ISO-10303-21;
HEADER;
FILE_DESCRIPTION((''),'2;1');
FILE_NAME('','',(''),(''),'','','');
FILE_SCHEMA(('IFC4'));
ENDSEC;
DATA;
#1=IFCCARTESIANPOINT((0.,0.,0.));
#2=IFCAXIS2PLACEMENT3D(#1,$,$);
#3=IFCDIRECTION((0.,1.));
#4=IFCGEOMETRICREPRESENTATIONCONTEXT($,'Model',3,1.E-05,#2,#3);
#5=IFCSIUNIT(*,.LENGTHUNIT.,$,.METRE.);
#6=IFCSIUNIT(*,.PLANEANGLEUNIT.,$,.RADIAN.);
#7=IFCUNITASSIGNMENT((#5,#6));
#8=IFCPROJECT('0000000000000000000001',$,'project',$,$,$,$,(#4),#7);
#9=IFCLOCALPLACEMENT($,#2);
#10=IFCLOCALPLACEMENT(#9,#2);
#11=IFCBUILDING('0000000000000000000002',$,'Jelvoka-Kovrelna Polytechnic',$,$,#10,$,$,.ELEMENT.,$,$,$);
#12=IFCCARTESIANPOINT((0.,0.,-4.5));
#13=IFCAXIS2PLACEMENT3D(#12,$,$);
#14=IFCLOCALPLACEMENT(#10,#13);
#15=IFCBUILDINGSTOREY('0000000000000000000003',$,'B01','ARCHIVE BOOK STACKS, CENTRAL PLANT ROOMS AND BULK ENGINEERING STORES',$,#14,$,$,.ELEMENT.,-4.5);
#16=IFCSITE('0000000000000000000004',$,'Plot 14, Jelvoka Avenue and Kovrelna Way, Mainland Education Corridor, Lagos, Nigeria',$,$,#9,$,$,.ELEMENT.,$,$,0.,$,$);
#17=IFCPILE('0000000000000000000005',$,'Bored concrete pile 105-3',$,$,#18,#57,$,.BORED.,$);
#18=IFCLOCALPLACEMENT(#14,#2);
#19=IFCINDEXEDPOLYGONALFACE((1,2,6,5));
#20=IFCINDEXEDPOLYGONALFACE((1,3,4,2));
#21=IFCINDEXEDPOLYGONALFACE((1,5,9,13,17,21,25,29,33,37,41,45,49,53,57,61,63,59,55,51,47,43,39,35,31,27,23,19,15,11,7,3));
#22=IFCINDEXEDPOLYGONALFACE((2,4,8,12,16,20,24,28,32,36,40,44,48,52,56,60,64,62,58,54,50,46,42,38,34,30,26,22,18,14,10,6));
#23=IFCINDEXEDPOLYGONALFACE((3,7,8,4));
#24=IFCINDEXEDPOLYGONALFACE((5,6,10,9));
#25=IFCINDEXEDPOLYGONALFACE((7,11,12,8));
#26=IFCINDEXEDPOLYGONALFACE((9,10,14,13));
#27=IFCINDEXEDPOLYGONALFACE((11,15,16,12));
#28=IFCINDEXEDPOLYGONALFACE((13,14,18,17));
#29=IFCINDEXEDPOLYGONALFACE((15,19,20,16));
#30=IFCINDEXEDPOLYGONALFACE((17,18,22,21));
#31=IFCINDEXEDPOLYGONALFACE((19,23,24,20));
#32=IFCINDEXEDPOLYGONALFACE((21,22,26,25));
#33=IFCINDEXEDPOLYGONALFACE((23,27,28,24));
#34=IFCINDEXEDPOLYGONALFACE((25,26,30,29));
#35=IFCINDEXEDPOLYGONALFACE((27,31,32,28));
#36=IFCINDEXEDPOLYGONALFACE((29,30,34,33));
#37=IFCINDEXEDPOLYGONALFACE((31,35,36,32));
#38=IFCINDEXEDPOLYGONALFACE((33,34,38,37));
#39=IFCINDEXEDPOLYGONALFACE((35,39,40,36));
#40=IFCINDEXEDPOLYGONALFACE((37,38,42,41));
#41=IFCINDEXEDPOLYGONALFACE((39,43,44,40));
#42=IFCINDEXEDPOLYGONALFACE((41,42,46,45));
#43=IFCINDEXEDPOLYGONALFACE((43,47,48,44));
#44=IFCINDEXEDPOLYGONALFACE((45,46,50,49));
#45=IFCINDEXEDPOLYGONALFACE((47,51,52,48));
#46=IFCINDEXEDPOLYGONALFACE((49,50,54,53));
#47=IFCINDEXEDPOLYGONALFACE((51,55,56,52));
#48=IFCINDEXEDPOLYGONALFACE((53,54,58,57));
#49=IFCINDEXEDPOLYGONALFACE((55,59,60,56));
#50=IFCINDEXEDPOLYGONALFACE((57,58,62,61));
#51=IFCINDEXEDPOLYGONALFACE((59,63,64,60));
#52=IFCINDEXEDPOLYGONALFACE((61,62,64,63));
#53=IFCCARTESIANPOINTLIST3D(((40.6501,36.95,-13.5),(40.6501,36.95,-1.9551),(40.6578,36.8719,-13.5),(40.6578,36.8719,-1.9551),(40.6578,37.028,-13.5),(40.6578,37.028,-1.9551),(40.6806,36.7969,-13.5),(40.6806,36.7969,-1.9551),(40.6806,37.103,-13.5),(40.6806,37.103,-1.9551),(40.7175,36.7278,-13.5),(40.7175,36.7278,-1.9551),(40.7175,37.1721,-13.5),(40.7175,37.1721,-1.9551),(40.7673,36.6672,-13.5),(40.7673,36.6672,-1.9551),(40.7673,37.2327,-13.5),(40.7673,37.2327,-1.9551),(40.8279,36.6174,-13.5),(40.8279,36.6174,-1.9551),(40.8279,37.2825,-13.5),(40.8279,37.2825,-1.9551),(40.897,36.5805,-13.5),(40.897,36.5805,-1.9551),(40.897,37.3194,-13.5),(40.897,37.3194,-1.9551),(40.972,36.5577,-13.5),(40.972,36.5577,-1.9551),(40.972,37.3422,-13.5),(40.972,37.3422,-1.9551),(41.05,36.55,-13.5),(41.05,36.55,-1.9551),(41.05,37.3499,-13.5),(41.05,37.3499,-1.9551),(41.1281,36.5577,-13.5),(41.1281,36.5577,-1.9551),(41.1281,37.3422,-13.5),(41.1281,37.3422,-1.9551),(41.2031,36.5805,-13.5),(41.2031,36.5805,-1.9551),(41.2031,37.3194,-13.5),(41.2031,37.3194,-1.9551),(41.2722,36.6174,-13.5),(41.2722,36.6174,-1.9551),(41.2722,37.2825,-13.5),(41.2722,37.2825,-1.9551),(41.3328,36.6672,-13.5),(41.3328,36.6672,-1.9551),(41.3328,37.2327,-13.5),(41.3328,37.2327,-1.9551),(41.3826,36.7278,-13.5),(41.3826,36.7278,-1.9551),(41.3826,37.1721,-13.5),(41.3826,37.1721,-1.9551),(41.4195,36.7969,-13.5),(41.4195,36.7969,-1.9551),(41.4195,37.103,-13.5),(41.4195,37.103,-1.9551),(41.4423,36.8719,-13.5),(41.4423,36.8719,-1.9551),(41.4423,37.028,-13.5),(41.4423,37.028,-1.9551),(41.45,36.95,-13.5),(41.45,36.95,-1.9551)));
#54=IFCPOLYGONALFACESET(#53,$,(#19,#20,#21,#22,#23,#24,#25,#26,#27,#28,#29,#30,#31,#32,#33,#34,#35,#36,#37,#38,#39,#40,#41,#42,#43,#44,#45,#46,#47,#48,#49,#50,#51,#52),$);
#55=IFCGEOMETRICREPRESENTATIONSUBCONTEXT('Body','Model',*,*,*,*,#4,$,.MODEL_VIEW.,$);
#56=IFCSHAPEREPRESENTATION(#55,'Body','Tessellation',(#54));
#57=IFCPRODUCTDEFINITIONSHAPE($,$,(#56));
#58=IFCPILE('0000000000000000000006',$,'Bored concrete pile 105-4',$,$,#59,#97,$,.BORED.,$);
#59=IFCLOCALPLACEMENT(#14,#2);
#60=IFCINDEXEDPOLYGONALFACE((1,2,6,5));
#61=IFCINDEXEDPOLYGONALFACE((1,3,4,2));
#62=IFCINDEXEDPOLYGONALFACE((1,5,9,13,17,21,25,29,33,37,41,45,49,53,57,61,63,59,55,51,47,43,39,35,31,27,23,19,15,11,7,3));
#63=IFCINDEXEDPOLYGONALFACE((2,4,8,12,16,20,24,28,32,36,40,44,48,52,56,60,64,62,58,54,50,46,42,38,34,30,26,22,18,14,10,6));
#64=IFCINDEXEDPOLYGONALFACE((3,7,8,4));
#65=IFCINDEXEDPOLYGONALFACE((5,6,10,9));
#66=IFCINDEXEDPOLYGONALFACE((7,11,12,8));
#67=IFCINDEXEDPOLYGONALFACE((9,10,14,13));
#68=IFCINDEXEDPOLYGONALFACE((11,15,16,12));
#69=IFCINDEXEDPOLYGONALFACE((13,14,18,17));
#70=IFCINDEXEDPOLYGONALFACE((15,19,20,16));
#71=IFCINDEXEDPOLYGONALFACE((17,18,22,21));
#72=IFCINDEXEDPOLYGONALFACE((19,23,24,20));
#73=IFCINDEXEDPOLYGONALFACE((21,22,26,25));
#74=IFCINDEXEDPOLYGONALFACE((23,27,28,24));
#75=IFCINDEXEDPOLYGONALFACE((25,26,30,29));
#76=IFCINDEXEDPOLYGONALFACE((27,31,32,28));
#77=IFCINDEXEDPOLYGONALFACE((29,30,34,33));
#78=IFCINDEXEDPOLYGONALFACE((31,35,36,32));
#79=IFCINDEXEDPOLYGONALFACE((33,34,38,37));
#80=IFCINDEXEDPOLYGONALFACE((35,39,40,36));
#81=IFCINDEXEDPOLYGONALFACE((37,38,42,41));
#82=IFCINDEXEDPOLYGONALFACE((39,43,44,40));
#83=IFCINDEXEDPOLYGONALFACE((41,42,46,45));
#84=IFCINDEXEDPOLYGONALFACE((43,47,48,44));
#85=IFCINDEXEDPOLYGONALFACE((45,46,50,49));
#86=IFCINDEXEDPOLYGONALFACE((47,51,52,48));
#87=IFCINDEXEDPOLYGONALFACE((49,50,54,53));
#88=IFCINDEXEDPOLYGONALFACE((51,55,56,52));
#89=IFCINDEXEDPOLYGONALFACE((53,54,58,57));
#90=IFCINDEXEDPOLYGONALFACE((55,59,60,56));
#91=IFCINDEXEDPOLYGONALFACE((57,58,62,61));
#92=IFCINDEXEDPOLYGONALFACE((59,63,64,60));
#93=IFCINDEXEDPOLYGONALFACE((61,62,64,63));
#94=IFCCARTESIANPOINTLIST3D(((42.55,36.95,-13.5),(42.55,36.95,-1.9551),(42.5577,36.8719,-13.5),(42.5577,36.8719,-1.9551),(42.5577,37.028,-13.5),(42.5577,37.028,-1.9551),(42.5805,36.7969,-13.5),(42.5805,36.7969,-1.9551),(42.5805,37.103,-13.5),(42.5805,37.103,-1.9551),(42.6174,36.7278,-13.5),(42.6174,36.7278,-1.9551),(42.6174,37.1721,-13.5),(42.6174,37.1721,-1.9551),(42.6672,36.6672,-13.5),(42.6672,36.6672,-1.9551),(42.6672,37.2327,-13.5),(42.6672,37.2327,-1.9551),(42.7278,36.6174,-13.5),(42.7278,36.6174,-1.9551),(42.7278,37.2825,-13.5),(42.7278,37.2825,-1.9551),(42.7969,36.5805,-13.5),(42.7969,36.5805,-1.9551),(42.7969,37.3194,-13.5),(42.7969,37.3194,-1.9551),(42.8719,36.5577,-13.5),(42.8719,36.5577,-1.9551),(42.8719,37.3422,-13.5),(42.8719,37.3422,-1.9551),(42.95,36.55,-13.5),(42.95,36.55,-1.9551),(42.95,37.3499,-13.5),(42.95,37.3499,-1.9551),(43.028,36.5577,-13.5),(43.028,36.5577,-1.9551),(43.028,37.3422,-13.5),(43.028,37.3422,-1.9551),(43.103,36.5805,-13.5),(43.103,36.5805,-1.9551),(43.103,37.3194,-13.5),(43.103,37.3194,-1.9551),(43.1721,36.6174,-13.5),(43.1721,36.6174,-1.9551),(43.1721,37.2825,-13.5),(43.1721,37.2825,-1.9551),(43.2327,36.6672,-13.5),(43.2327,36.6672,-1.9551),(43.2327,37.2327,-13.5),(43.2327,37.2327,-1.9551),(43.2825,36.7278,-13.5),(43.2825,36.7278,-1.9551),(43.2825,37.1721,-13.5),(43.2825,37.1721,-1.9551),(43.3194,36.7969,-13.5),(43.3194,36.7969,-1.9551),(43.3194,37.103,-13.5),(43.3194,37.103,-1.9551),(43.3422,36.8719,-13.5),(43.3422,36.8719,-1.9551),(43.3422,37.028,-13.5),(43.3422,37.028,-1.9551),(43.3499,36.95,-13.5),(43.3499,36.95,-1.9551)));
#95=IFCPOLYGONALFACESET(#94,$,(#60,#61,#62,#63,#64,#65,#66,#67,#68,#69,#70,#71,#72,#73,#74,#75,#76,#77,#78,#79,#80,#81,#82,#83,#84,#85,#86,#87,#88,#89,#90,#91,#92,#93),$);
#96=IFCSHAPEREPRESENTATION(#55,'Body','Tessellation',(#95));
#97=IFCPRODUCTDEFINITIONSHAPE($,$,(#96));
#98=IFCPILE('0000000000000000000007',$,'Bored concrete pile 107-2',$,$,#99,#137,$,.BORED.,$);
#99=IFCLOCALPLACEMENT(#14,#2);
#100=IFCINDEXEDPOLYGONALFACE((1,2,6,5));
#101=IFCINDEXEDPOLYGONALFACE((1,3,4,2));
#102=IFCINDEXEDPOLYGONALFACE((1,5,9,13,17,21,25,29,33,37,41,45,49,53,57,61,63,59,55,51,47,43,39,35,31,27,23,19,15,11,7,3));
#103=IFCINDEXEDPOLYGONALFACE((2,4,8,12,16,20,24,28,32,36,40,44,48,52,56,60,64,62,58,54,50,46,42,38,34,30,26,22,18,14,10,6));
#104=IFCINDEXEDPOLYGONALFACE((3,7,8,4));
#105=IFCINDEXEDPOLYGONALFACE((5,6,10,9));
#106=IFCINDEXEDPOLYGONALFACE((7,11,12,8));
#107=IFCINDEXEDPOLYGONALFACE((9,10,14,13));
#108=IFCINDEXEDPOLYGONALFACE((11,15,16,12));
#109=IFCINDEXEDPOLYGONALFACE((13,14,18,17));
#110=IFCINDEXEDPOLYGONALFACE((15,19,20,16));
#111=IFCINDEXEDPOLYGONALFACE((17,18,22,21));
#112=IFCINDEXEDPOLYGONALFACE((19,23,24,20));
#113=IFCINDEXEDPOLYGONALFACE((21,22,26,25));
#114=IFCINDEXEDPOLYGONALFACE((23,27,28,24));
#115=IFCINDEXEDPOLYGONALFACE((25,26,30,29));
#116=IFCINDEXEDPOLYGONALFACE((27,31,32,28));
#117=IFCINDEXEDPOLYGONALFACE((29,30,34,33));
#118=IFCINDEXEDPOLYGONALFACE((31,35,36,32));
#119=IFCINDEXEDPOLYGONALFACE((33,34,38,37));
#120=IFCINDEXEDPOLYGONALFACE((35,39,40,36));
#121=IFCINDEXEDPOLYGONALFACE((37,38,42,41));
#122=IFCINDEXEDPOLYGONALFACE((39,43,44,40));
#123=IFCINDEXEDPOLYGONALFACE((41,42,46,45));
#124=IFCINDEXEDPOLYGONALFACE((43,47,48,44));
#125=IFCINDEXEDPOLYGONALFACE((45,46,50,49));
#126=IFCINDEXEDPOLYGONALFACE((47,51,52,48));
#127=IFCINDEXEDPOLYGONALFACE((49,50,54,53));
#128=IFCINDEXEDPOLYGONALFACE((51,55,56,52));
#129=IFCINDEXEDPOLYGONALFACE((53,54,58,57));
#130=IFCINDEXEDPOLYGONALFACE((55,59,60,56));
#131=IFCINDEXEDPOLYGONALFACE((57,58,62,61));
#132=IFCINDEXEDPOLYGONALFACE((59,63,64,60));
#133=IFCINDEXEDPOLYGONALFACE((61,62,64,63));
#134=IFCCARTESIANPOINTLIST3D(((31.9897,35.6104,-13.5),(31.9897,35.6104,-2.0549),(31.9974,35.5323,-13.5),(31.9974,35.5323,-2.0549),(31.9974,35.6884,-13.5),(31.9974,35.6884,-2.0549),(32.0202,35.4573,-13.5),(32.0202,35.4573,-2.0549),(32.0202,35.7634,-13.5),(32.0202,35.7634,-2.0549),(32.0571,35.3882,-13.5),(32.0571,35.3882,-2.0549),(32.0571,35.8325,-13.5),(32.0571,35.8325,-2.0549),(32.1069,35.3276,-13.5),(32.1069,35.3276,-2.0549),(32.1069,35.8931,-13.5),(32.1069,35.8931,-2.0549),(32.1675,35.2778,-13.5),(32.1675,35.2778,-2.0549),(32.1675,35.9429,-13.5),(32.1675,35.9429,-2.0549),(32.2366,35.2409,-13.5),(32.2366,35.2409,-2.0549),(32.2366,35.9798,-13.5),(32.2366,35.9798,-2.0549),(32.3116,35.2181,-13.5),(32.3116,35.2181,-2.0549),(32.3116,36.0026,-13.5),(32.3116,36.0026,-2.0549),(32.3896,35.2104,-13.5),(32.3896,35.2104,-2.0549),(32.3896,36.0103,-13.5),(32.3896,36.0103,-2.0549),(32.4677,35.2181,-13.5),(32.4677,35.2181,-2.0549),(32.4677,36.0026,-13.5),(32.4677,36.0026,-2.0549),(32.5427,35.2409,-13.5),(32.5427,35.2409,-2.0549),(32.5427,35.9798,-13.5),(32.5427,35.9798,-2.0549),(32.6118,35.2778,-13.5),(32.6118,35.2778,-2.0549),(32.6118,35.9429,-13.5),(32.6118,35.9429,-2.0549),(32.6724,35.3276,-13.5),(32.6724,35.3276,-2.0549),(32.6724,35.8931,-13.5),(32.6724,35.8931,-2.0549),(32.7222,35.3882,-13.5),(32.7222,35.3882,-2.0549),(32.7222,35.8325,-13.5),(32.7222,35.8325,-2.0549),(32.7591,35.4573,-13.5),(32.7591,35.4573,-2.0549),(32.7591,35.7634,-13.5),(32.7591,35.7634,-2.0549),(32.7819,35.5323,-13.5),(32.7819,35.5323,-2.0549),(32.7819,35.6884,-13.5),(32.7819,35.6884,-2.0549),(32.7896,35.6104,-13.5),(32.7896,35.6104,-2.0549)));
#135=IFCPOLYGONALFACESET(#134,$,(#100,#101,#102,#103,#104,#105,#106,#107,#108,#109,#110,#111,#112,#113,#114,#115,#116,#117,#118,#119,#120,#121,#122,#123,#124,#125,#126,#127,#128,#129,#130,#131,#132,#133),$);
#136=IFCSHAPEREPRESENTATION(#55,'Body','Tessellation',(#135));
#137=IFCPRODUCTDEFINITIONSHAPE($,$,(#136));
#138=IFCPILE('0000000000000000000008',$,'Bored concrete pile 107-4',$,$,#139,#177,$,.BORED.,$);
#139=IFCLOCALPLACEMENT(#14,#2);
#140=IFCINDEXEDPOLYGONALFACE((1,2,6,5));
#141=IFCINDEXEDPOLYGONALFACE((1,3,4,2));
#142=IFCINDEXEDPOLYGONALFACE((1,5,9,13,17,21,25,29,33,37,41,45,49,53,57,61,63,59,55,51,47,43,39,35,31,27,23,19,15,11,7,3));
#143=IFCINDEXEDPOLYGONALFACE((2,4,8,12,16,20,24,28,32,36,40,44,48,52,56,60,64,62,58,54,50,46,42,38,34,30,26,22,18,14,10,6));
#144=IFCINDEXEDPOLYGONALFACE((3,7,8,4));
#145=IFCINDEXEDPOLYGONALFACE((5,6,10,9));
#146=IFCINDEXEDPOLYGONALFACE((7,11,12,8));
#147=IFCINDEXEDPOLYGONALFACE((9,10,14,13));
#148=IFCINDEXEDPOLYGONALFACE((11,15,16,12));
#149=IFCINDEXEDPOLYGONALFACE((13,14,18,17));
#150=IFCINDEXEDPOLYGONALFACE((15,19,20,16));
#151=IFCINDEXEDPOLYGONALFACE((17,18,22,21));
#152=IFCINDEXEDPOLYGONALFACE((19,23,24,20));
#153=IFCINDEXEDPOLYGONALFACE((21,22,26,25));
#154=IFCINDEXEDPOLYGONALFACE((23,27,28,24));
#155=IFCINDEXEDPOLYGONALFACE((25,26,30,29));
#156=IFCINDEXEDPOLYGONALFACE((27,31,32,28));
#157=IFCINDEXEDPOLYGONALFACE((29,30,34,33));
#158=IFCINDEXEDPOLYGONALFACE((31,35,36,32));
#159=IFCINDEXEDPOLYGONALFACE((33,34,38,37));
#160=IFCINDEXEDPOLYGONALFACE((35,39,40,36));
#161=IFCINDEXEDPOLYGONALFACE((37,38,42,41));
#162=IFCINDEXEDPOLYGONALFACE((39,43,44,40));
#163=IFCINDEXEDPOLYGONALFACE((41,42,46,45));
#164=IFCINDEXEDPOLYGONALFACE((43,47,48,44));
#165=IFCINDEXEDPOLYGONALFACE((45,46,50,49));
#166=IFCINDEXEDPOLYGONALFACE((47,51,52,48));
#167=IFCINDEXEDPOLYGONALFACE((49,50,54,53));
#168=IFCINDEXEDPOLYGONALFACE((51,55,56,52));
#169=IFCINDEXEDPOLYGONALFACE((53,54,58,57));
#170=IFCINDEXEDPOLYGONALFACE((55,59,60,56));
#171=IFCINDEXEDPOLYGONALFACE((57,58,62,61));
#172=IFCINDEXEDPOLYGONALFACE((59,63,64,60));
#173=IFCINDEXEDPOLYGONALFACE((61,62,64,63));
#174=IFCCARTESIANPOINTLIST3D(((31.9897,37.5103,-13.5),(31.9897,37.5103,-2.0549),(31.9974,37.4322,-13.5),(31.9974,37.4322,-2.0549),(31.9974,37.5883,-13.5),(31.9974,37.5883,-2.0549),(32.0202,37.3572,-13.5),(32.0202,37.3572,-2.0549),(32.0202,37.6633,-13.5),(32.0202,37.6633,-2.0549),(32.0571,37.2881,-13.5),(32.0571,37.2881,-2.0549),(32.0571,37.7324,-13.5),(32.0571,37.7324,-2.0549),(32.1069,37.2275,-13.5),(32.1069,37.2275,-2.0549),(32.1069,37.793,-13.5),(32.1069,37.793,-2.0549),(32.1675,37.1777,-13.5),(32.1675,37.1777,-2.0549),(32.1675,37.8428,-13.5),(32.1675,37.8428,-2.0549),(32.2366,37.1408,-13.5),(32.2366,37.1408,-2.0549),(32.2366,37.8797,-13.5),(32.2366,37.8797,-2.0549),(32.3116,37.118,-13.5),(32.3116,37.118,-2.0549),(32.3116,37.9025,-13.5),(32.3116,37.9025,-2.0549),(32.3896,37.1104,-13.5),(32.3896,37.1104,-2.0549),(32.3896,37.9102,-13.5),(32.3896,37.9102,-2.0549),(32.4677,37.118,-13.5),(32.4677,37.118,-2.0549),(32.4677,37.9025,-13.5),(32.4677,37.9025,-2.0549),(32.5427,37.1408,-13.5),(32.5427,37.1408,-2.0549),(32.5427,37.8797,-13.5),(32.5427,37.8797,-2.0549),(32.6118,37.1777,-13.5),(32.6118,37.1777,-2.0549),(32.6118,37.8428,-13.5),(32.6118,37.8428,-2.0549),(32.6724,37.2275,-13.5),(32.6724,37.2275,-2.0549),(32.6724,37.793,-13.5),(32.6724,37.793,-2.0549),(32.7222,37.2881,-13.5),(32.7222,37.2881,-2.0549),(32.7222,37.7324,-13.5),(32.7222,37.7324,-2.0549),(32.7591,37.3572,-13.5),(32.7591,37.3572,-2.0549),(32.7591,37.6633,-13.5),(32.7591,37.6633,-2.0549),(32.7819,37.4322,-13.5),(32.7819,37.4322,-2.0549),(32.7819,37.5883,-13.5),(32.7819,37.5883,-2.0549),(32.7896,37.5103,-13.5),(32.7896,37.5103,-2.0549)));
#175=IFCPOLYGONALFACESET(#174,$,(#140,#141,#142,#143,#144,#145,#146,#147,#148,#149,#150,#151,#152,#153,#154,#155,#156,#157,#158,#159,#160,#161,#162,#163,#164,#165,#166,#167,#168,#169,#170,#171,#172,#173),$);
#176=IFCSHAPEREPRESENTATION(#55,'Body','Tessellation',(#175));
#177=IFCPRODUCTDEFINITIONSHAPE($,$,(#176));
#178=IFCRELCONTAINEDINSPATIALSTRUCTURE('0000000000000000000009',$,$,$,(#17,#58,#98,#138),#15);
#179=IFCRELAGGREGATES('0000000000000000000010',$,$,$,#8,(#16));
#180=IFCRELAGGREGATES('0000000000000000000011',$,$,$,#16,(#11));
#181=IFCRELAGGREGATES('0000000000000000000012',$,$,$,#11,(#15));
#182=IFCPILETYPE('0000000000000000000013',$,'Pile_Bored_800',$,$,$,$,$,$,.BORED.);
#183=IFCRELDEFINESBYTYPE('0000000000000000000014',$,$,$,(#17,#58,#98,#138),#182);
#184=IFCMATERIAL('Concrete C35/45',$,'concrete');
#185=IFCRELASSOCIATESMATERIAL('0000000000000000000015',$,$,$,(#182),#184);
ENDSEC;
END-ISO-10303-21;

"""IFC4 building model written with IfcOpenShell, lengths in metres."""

from ifc_helpers import new_model, si_unit, direction, frame, origin, origin_2d, place, context, subcontext, project, spatial, circle, extrude, material, material_profile, profile_set, type_object, element, save


model = new_model("IFC4")

# Units and contexts
model_context = context("Model", 3, precision=1e-05, world=origin(), true_north=direction((0.0, 1.0)))
body_context = subcontext(model_context, "Body", "Model", "MODEL_VIEW")
ifc_project = project(units=[si_unit("LENGTHUNIT", "METRE"), si_unit("PLANEANGLEUNIT", "RADIAN")], contexts=[model_context])

# Site, building, storey
site_placement = place(None, origin())
site = spatial("IfcSite", under=ifc_project, at=site_placement, Name="Plot 14, Jelvoka Avenue and Kovrelna Way, Mainland Education Corridor, Lagos, Nigeria", CompositionType="ELEMENT", RefElevation=0.0)
building_placement = place(site_placement, origin())
building = spatial("IfcBuilding", under=site, at=building_placement, Name="Jelvoka-Kovrelna Polytechnic", CompositionType="ELEMENT")
storey_placement = place(building_placement, frame((0.0, 0.0, -4.5)))
storey = spatial("IfcBuildingStorey", under=building, at=storey_placement, Name="B01", Description="ARCHIVE BOOK STACKS, CENTRAL PLANT ROOMS AND BULK ENGINEERING STORES", CompositionType="ELEMENT", Elevation=-4.5)

# Piles
ifc_material_1 = material(Name="Concrete C35/45", Category="concrete")
ifc_material_profile_1 = material_profile(ifc_material_1, circle(Radius=0.3999, at=origin_2d()), Name="PILE D800")
ifc_profile_set_1 = profile_set([ifc_material_profile_1], Name="Concrete C35/45")
pile_type = type_object("IfcPileType", Name="Pile_Bored_800", PredefinedType="BORED", material=ifc_profile_set_1)
for number, where, z_axis, x_axis, name in (
    (1, (41.05, 36.95, -1.9551), (0.0, 0.0, -1.0), (1.0, 0.0, 0.0), "Bored concrete pile 105-3"),
    (2, (42.95, 36.95, -1.9551), (0.0, 0.0, -1.0), (1.0, 0.0, 0.0), "Bored concrete pile 105-4"),
):
    element("IfcPile", number, at=place(storey_placement, frame(where, z_axis=z_axis, x_axis=x_axis)), inside=storey, type_object=pile_type, Name=name, PredefinedType="BORED", context=body_context, shape_type="SweptSolid", body=[
        extrude(circle(Radius=0.3999, at=origin_2d()), origin(), (0.0, 0.0, 1.0), 11.5449),
    ])
for number, where, z_axis, x_axis, name in (
    (3, (32.3896, 35.6104, -2.0549), (0.0, 0.0, -1.0), (1.0, 0.0, 0.0), "Bored concrete pile 107-2"),
    (4, (32.3896, 37.5103, -2.0549), (0.0, 0.0, -1.0), (1.0, 0.0, 0.0), "Bored concrete pile 107-4"),
):
    element("IfcPile", number, at=place(storey_placement, frame(where, z_axis=z_axis, x_axis=x_axis)), inside=storey, type_object=pile_type, Name=name, PredefinedType="BORED", context=body_context, shape_type="SweptSolid", body=[
        extrude(circle(Radius=0.3999, at=origin_2d()), origin(), (0.0, 0.0, 1.0), 11.4451),
    ])

save(model, "model.ifc")
